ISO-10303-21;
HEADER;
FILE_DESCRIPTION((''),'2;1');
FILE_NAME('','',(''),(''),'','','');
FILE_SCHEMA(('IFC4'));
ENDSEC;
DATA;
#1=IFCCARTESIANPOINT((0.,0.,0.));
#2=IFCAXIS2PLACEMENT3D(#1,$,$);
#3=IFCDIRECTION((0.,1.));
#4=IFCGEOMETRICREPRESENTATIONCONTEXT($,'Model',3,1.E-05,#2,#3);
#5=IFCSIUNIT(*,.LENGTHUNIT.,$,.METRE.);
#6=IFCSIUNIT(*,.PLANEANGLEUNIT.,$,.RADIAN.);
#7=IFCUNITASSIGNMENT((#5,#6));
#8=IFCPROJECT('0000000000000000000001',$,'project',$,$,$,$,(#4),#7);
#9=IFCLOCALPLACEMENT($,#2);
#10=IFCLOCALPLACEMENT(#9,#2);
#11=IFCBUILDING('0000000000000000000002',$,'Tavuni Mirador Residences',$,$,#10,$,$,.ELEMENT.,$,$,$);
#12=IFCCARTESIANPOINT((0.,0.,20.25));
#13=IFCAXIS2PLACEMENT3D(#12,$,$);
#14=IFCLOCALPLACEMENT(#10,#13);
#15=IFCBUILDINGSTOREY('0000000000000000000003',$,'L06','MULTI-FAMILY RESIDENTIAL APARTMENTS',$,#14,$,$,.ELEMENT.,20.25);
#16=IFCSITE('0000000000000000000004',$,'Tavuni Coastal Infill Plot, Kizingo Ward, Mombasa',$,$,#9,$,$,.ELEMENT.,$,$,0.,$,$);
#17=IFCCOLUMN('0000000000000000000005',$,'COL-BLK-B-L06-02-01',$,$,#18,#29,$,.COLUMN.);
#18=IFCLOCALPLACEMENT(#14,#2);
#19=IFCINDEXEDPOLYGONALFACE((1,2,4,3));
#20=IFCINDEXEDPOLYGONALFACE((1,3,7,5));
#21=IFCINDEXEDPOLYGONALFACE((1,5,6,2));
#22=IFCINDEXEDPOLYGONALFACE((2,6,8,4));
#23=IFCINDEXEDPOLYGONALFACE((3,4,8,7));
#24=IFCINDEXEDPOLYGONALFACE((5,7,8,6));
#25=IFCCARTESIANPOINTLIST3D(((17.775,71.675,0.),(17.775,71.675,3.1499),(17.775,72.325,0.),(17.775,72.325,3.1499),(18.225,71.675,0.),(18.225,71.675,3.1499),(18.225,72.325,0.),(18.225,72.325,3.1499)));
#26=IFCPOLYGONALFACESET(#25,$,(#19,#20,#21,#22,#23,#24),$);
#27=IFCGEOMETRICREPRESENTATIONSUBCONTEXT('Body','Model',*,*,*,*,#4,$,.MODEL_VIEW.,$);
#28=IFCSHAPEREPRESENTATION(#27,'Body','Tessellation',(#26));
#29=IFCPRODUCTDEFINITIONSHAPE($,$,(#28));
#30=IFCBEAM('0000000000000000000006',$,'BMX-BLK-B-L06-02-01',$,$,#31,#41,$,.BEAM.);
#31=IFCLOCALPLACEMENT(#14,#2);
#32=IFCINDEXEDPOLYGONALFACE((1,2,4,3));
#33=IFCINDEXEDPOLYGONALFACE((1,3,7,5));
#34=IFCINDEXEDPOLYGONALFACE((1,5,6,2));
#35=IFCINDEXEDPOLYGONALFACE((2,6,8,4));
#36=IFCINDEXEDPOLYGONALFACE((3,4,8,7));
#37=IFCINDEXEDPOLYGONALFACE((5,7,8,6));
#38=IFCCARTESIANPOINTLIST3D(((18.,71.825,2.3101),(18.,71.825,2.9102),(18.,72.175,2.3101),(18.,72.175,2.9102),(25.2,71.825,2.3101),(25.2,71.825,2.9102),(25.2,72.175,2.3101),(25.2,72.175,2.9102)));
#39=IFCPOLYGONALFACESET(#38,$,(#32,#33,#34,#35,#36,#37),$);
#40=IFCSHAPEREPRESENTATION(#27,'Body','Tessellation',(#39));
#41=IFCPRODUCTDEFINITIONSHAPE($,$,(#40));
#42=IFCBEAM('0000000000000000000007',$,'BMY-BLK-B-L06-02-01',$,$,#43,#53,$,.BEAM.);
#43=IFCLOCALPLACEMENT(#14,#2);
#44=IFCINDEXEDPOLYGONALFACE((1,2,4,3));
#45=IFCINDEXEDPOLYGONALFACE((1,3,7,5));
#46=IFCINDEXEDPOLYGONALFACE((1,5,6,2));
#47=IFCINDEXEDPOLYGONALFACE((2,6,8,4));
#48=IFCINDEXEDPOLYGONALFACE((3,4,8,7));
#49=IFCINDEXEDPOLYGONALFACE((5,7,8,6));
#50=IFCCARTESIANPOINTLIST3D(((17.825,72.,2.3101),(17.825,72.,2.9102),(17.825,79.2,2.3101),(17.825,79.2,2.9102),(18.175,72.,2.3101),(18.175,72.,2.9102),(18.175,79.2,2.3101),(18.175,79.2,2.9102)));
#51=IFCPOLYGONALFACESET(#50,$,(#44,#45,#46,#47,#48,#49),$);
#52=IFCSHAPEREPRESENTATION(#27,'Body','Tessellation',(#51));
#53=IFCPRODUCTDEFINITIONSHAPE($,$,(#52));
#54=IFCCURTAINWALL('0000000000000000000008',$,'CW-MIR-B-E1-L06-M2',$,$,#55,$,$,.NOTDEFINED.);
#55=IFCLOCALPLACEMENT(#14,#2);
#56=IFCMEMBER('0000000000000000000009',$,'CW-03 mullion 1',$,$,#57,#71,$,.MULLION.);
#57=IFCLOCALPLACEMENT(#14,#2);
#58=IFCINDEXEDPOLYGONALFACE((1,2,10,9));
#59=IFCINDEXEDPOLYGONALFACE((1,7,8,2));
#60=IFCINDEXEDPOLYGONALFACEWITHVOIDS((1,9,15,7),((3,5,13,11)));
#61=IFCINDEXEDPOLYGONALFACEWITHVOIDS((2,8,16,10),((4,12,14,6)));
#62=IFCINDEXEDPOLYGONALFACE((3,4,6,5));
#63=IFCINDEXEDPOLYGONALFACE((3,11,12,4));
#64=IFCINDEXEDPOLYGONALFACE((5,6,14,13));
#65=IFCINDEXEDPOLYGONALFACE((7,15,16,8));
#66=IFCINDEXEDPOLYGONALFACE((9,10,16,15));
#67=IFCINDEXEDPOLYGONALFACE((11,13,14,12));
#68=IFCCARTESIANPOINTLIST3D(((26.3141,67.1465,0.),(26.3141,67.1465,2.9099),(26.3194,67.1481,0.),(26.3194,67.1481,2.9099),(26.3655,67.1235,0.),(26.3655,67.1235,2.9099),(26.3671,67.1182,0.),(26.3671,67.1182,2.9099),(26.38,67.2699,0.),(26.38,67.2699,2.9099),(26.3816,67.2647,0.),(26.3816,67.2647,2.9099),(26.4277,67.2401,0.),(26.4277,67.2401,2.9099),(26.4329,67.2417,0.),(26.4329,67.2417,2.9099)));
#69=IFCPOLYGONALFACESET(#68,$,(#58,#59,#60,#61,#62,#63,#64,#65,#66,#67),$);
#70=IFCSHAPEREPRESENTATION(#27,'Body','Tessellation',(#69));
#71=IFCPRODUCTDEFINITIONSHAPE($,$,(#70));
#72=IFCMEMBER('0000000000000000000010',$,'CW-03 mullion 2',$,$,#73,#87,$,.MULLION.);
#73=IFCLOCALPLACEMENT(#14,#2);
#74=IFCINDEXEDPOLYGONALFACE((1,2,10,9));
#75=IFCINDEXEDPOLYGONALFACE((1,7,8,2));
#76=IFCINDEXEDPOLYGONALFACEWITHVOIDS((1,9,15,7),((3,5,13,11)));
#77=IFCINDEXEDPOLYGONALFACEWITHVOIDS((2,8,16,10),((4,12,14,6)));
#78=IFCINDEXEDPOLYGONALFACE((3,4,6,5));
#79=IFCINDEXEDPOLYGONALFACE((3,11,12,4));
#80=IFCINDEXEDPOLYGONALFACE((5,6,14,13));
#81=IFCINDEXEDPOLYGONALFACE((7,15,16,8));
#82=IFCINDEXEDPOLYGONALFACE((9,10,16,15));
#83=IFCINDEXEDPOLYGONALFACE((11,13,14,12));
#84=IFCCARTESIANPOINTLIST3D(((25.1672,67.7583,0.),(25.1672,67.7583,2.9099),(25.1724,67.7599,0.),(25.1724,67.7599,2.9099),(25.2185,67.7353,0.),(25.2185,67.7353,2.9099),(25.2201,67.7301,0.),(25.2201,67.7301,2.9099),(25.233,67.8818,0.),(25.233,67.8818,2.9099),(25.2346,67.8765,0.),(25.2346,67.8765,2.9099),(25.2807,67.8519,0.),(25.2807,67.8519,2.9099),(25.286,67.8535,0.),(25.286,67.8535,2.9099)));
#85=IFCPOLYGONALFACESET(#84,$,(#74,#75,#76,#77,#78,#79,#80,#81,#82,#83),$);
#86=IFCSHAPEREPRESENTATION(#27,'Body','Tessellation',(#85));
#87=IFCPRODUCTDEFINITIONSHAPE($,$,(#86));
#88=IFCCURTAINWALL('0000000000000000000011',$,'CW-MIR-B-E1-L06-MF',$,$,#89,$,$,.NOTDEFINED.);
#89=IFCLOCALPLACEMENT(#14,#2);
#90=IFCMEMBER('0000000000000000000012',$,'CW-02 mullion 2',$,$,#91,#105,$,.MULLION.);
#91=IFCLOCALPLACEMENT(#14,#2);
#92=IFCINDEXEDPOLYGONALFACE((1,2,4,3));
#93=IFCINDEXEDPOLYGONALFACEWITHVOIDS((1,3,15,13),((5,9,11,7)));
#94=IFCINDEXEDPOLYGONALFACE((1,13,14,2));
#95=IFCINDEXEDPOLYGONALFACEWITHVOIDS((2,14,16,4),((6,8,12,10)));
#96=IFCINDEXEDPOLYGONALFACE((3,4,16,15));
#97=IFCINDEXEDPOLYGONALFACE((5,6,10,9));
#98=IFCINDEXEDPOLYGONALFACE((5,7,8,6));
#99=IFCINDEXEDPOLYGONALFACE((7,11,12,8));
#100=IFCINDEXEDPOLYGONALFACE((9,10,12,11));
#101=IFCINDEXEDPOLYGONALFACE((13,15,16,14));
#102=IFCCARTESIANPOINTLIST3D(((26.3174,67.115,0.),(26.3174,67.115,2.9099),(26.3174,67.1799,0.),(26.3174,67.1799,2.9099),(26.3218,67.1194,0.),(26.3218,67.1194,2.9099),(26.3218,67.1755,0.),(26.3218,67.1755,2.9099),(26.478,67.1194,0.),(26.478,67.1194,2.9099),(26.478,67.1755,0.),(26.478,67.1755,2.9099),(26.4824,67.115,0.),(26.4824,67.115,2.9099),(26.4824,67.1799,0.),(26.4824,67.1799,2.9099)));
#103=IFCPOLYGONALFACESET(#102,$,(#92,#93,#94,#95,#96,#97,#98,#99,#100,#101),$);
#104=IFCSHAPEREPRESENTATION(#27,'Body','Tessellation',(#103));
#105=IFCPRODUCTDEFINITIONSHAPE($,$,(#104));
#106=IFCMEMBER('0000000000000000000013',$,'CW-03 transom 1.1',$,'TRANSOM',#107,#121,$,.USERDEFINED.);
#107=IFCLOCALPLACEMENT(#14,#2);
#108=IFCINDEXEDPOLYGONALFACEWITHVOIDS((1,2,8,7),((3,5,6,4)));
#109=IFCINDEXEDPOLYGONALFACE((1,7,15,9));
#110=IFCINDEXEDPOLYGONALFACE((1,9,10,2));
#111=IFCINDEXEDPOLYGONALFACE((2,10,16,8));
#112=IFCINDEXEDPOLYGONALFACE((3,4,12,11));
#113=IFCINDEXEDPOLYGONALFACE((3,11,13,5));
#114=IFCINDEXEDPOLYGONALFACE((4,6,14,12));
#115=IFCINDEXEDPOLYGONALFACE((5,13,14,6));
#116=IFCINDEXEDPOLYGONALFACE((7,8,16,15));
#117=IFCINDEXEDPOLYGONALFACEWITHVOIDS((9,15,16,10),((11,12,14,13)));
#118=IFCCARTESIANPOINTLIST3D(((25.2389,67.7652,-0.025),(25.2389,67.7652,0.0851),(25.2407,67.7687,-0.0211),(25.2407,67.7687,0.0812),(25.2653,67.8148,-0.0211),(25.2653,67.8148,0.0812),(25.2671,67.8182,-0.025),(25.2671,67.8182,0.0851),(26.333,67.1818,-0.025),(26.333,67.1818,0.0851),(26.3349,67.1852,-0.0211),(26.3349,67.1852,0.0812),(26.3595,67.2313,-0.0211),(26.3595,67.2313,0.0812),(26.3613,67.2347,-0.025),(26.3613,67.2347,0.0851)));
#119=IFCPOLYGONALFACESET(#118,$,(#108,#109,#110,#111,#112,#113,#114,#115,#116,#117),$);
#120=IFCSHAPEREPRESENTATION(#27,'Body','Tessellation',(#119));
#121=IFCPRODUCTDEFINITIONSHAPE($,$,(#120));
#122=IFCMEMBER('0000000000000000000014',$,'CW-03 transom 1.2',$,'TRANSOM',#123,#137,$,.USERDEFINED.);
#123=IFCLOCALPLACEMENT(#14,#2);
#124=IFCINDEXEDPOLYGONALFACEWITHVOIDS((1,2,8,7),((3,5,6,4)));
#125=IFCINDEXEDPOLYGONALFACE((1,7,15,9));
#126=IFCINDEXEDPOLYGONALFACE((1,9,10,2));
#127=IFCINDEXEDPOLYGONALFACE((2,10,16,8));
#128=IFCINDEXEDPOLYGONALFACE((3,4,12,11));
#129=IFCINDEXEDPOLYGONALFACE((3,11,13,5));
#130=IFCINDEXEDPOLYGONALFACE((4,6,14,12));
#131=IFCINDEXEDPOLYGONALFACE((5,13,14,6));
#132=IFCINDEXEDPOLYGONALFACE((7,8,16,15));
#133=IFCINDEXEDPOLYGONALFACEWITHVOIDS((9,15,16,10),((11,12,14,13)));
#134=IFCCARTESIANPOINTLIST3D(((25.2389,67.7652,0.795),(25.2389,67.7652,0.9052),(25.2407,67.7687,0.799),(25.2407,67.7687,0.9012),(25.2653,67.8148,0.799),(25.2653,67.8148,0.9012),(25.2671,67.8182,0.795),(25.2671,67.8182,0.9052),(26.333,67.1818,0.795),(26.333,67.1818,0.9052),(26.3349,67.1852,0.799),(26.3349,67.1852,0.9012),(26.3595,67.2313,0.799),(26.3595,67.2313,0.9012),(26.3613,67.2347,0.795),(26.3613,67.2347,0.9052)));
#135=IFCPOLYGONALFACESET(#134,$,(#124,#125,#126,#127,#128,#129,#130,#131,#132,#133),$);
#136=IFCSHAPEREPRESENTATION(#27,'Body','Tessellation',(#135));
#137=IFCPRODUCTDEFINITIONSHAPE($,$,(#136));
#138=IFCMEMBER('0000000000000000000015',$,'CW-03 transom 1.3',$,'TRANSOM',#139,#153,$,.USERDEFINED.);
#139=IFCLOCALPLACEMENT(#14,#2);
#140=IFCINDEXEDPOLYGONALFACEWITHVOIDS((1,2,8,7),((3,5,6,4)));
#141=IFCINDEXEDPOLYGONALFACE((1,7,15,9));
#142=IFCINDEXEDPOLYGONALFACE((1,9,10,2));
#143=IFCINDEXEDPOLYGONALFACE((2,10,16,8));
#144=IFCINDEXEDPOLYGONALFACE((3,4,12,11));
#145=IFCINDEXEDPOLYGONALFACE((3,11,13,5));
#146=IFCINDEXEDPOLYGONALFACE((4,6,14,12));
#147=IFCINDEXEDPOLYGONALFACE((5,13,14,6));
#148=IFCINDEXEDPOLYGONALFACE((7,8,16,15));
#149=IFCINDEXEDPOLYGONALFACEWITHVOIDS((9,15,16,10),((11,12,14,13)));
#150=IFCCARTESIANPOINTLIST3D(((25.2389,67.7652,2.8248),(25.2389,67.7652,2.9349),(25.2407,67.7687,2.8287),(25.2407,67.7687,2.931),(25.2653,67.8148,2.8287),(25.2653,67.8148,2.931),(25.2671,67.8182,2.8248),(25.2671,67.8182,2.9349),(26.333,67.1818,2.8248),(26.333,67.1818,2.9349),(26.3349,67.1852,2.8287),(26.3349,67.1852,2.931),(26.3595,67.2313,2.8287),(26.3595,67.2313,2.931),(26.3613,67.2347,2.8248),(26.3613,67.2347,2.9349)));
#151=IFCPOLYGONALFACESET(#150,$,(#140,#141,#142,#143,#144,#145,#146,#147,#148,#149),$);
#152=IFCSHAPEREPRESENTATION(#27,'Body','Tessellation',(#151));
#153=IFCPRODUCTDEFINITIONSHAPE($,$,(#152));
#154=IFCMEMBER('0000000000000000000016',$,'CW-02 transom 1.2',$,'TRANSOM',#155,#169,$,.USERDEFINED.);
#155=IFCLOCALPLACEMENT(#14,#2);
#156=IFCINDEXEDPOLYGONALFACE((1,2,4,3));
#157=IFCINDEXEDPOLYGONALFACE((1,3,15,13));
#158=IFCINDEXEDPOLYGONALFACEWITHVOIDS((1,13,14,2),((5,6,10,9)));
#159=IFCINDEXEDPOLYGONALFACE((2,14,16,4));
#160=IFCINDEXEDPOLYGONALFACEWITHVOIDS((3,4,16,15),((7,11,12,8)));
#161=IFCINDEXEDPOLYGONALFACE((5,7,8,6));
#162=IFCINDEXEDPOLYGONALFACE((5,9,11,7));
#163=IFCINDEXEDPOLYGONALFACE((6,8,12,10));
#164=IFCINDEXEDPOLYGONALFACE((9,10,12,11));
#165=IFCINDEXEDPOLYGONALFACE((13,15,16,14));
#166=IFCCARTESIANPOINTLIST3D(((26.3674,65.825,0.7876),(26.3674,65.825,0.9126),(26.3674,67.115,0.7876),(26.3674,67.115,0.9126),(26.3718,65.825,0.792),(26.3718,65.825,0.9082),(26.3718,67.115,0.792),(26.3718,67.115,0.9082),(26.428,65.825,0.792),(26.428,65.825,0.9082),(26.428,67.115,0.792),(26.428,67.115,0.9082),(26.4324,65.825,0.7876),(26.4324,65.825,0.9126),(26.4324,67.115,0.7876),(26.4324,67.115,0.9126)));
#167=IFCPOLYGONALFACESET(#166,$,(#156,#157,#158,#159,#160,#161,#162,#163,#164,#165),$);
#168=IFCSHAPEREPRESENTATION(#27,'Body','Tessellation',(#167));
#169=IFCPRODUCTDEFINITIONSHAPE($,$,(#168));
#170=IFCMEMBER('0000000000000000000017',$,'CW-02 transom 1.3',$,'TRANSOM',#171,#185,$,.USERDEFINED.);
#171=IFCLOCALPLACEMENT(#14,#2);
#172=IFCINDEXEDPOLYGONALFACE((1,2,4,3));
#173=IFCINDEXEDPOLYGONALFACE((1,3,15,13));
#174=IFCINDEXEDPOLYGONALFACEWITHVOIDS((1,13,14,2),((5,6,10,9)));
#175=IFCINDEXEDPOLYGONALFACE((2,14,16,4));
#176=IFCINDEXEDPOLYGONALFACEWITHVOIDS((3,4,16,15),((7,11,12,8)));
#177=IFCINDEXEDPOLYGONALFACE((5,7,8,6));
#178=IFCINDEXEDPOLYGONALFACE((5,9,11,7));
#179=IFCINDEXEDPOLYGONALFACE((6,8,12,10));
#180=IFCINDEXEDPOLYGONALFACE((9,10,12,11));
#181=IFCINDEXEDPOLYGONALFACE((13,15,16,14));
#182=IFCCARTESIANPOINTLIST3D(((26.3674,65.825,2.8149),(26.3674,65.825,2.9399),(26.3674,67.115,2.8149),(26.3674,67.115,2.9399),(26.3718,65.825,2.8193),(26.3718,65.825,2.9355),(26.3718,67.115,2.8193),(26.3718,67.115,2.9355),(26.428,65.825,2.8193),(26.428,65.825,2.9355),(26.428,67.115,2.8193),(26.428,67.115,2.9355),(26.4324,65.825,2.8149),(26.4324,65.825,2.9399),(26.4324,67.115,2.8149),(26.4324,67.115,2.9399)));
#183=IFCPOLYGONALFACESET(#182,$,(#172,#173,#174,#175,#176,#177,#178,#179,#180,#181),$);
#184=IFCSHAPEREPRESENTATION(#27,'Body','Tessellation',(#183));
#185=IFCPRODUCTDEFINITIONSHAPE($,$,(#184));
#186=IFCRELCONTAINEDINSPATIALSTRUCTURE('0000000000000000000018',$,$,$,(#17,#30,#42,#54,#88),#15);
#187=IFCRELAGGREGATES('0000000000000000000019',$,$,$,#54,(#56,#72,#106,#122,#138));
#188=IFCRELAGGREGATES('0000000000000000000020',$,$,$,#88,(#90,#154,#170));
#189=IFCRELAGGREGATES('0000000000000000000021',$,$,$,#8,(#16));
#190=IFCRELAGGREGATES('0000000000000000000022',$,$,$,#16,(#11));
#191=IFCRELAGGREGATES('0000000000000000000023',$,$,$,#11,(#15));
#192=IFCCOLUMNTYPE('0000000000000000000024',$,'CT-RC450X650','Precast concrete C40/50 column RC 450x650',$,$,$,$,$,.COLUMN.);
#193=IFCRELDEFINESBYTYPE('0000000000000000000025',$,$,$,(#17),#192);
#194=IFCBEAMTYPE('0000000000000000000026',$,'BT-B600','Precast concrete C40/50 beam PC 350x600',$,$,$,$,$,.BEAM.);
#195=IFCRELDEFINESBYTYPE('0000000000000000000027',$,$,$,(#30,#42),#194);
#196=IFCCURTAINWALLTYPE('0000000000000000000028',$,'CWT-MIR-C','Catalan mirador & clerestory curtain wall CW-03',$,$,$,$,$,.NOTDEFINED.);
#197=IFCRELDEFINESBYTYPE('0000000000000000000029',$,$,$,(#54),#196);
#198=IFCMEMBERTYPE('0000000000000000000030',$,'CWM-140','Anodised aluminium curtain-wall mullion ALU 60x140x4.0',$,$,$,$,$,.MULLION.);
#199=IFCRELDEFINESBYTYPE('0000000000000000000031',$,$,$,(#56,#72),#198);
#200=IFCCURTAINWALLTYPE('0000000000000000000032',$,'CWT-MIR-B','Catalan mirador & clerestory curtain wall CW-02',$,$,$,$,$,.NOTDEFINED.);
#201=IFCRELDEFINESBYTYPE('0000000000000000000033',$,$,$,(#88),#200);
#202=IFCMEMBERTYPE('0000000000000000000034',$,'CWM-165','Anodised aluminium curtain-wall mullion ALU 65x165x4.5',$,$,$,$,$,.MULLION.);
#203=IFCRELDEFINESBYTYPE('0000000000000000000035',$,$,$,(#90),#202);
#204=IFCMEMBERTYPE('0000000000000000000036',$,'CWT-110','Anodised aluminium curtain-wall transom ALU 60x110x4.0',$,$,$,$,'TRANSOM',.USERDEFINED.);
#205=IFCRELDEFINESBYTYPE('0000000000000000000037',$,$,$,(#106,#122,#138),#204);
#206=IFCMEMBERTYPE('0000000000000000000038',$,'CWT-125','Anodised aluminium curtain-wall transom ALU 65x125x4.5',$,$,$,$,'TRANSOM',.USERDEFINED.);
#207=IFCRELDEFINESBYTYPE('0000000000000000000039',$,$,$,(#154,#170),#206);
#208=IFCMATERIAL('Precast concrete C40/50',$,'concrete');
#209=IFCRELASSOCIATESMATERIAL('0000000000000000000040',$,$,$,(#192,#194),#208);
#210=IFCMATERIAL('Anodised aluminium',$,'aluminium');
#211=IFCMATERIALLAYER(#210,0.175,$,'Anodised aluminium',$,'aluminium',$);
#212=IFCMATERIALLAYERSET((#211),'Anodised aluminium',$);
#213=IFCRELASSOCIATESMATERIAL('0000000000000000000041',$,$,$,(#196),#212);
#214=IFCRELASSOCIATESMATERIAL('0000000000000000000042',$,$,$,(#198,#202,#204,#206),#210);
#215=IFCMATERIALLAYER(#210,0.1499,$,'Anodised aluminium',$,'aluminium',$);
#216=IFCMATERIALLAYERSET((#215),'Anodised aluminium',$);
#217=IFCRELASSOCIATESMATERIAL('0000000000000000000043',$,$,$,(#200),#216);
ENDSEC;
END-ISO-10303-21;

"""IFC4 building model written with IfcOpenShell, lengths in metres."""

from ifc_helpers import new_model, si_unit, direction, frame, origin, origin_2d, place, context, subcontext, project, spatial, rectangle, hollow_rectangle, extrude, material, layer, layer_set, material_profile, profile_set, type_object, element, aggregate, save


model = new_model("IFC4")

# Units and contexts
model_context = context("Model", 3, precision=1e-05, world=origin(), true_north=direction((0.0, 1.0)))
body_context = subcontext(model_context, "Body", "Model", "MODEL_VIEW")
ifc_project = project(units=[si_unit("LENGTHUNIT", "METRE"), si_unit("PLANEANGLEUNIT", "RADIAN")], contexts=[model_context])

# Site, building, storey
site_placement = place(None, origin())
site = spatial("IfcSite", under=ifc_project, at=site_placement, Name="Tavuni Coastal Infill Plot, Kizingo Ward, Mombasa", CompositionType="ELEMENT", RefElevation=0.0)
building_placement = place(site_placement, origin())
building = spatial("IfcBuilding", under=site, at=building_placement, Name="Tavuni Mirador Residences", CompositionType="ELEMENT")
storey_placement = place(building_placement, frame((0.0, 0.0, 20.25)))
storey = spatial("IfcBuildingStorey", under=building, at=storey_placement, Name="L06", Description="MULTI-FAMILY RESIDENTIAL APARTMENTS", CompositionType="ELEMENT", Elevation=20.25)

# Column
ifc_material_1 = material(Name="Precast concrete C40/50", Category="concrete")
ifc_material_profile_1 = material_profile(ifc_material_1, rectangle(XDim=0.45, YDim=0.6499, at=origin_2d()), Name="RC 450x650", Category="concrete")
ifc_profile_set_1 = profile_set([ifc_material_profile_1], Name="Precast concrete C40/50")
column_type = type_object("IfcColumnType", Name="CT-RC450X650", Description="Precast concrete C40/50 column RC 450x650", PredefinedType="COLUMN", material=ifc_profile_set_1)
column_placement = place(storey_placement, frame((18.0, 72.0, 0.0), z_axis=(0.0, 0.0, 1.0), x_axis=(1.0, 0.0, 0.0)))
element("IfcColumn", 1, at=column_placement, inside=storey, type_object=column_type, Name="COL-BLK-B-L06-02-01", PredefinedType="COLUMN", context=body_context, shape_type="SweptSolid", body=[
    extrude(rectangle(XDim=0.45, YDim=0.6499, at=origin_2d()), origin(), (0.0, 0.0, 1.0), 3.1499),
])

# Beams
ifc_material_profile_2 = material_profile(ifc_material_1, rectangle(XDim=0.3501, YDim=0.6001, at=origin_2d()), Name="PC 350x600", Category="concrete")
ifc_profile_set_2 = profile_set([ifc_material_profile_2], Name="Precast concrete C40/50")
beam_type = type_object("IfcBeamType", Name="BT-B600", Description="Precast concrete C40/50 beam PC 350x600", PredefinedType="BEAM", material=ifc_profile_set_2)
for number, where, z_axis, x_axis, name in (
    (2, (18.0, 72.0, 2.6101), (1.0, 0.0, 0.0), (0.0, 1.0, 0.0), "BMX-BLK-B-L06-02-01"),
    (3, (18.0, 72.0, 2.6101), (0.0, 1.0, 0.0), (-1.0, 0.0, 0.0), "BMY-BLK-B-L06-02-01"),
):
    element("IfcBeam", number, at=place(storey_placement, frame(where, z_axis=z_axis, x_axis=x_axis)), inside=storey, type_object=beam_type, Name=name, PredefinedType="BEAM", context=body_context, shape_type="SweptSolid", body=[
        extrude(rectangle(XDim=0.3501, YDim=0.6001, at=origin_2d()), origin(), (0.0, 0.0, 1.0), 7.2),
    ])

# Curtain wall, members
ifc_material_2 = material(Name="Anodised aluminium", Category="aluminium")
ifc_layer_1 = layer(ifc_material_2, 0.175, Name="Anodised aluminium", Category="aluminium")
ifc_layer_set_1 = layer_set([ifc_layer_1], Name="Anodised aluminium")
curtain_wall_type_1 = type_object("IfcCurtainWallType", Name="CWT-MIR-C", Description="Catalan mirador & clerestory curtain wall CW-03", PredefinedType="NOTDEFINED", material=ifc_layer_set_1)
curtain_wall_1_placement = place(storey_placement, origin())
curtain_wall_1 = element("IfcCurtainWall", 4, at=curtain_wall_1_placement, inside=storey, type_object=curtain_wall_type_1, Name="CW-MIR-B-E1-L06-M2", PredefinedType="NOTDEFINED")
ifc_material_profile_3 = material_profile(ifc_material_2, hollow_rectangle(XDim=0.0601, YDim=0.1399, WallThickness=0.0039, at=origin_2d()), Name="ALU 60x140x4.0", Category="aluminium")
ifc_profile_set_3 = profile_set([ifc_material_profile_3], Name="Anodised aluminium")
member_type_1 = type_object("IfcMemberType", Name="CWM-140", Description="Anodised aluminium curtain-wall mullion ALU 60x140x4.0", PredefinedType="MULLION", material=ifc_profile_set_3)
member_1_placement = place(storey_placement, frame((26.3735, 67.1941, 0.0), z_axis=(0.0, 0.0, 1.0), x_axis=(-0.882353, 0.470588, 0.0)))
member_1 = element("IfcMember", 5, at=member_1_placement, type_object=member_type_1, Name="CW-03 mullion 1", PredefinedType="MULLION", context=body_context, shape_type="SweptSolid", body=[
    extrude(hollow_rectangle(XDim=0.0601, YDim=0.1399, WallThickness=0.0039, at=origin_2d()), origin(), (0.0, 0.0, 1.0), 2.9099),
])
member_2_placement = place(storey_placement, frame((25.2266, 67.8059, 0.0), z_axis=(0.0, 0.0, 1.0), x_axis=(-0.882353, 0.470588, 0.0)))
member_2 = element("IfcMember", 6, at=member_2_placement, type_object=member_type_1, Name="CW-03 mullion 2", PredefinedType="MULLION", context=body_context, shape_type="SweptSolid", body=[
    extrude(hollow_rectangle(XDim=0.0601, YDim=0.1399, WallThickness=0.0039, at=origin_2d()), origin(), (0.0, 0.0, 1.0), 2.9099),
])

# Curtain wall, member
ifc_layer_2 = layer(ifc_material_2, 0.1499, Name="Anodised aluminium", Category="aluminium")
ifc_layer_set_2 = layer_set([ifc_layer_2], Name="Anodised aluminium")
curtain_wall_type_2 = type_object("IfcCurtainWallType", Name="CWT-MIR-B", Description="Catalan mirador & clerestory curtain wall CW-02", PredefinedType="NOTDEFINED", material=ifc_layer_set_2)
curtain_wall_2_placement = place(storey_placement, origin())
curtain_wall_2 = element("IfcCurtainWall", 7, at=curtain_wall_2_placement, inside=storey, type_object=curtain_wall_type_2, Name="CW-MIR-B-E1-L06-MF", PredefinedType="NOTDEFINED")
ifc_material_profile_4 = material_profile(ifc_material_2, hollow_rectangle(XDim=0.0649, YDim=0.165, WallThickness=0.0044, at=origin_2d()), Name="ALU 65x165x4.5", Category="aluminium")
ifc_profile_set_4 = profile_set([ifc_material_profile_4], Name="Anodised aluminium")
member_type_2 = type_object("IfcMemberType", Name="CWM-165", Description="Anodised aluminium curtain-wall mullion ALU 65x165x4.5", PredefinedType="MULLION", material=ifc_profile_set_4)
member_3_placement = place(storey_placement, frame((26.3999, 67.1475, 0.0), z_axis=(0.0, 0.0, 1.0), x_axis=(0.0, 1.0, 0.0)))
member_3 = element("IfcMember", 8, at=member_3_placement, type_object=member_type_2, Name="CW-02 mullion 2", PredefinedType="MULLION", context=body_context, shape_type="SweptSolid", body=[
    extrude(hollow_rectangle(XDim=0.0649, YDim=0.165, WallThickness=0.0044, at=origin_2d()), origin(), (0.0, 0.0, 1.0), 2.9099),
])

# Members
ifc_material_profile_5 = material_profile(ifc_material_2, hollow_rectangle(XDim=0.0601, YDim=0.1101, WallThickness=0.0039, at=origin_2d()), Name="ALU 60x110x4.0", Category="aluminium")
ifc_profile_set_5 = profile_set([ifc_material_profile_5], Name="Anodised aluminium")
member_type_3 = type_object("IfcMemberType", Name="CWT-110", Description="Anodised aluminium curtain-wall transom ALU 60x110x4.0", ElementType="TRANSOM", PredefinedType="USERDEFINED", material=ifc_profile_set_5)
member_4_placement = place(storey_placement, frame((26.3472, 67.2083, 0.03), z_axis=(-0.882386, 0.470527, 0.0), x_axis=(-0.470527, -0.882386, 0.0)))
member_4 = element("IfcMember", 9, at=member_4_placement, type_object=member_type_3, Name="CW-03 transom 1.1", ObjectType="TRANSOM", PredefinedType="USERDEFINED", context=body_context, shape_type="SweptSolid", body=[
    extrude(hollow_rectangle(XDim=0.0601, YDim=0.1101, WallThickness=0.0039, at=origin_2d()), origin(), (0.0, 0.0, 1.0), 1.24),
])
member_5_placement = place(storey_placement, frame((26.3472, 67.2083, 0.8501), z_axis=(-0.882386, 0.470527, 0.0), x_axis=(-0.470527, -0.882386, 0.0)))
member_5 = element("IfcMember", 10, at=member_5_placement, type_object=member_type_3, Name="CW-03 transom 1.2", ObjectType="TRANSOM", PredefinedType="USERDEFINED", context=body_context, shape_type="SweptSolid", body=[
    extrude(hollow_rectangle(XDim=0.0601, YDim=0.1101, WallThickness=0.0039, at=origin_2d()), origin(), (0.0, 0.0, 1.0), 1.24),
])
member_6_placement = place(storey_placement, frame((26.3472, 67.2083, 2.8799), z_axis=(-0.882386, 0.470527, 0.0), x_axis=(-0.470527, -0.882386, 0.0)))
member_6 = element("IfcMember", 11, at=member_6_placement, type_object=member_type_3, Name="CW-03 transom 1.3", ObjectType="TRANSOM", PredefinedType="USERDEFINED", context=body_context, shape_type="SweptSolid", body=[
    extrude(hollow_rectangle(XDim=0.0601, YDim=0.1101, WallThickness=0.0039, at=origin_2d()), origin(), (0.0, 0.0, 1.0), 1.24),
])
ifc_material_profile_6 = material_profile(ifc_material_2, hollow_rectangle(XDim=0.0649, YDim=0.125, WallThickness=0.0044, at=origin_2d()), Name="ALU 65x125x4.5", Category="aluminium")
ifc_profile_set_6 = profile_set([ifc_material_profile_6], Name="Anodised aluminium")
member_type_4 = type_object("IfcMemberType", Name="CWT-125", Description="Anodised aluminium curtain-wall transom ALU 65x125x4.5", ElementType="TRANSOM", PredefinedType="USERDEFINED", material=ifc_profile_set_6)
member_7_placement = place(storey_placement, frame((26.3999, 65.825, 0.8501), z_axis=(0.0, 1.0, 0.0), x_axis=(-1.0, 0.0, 0.0)))
member_7 = element("IfcMember", 12, at=member_7_placement, type_object=member_type_4, Name="CW-02 transom 1.2", ObjectType="TRANSOM", PredefinedType="USERDEFINED", context=body_context, shape_type="SweptSolid", body=[
    extrude(hollow_rectangle(XDim=0.0649, YDim=0.125, WallThickness=0.0044, at=origin_2d()), origin(), (0.0, 0.0, 1.0), 1.29),
])
member_8_placement = place(storey_placement, frame((26.3999, 65.825, 2.8774), z_axis=(0.0, 1.0, 0.0), x_axis=(-1.0, 0.0, 0.0)))
member_8 = element("IfcMember", 13, at=member_8_placement, type_object=member_type_4, Name="CW-02 transom 1.3", ObjectType="TRANSOM", PredefinedType="USERDEFINED", context=body_context, shape_type="SweptSolid", body=[
    extrude(hollow_rectangle(XDim=0.0649, YDim=0.125, WallThickness=0.0044, at=origin_2d()), origin(), (0.0, 0.0, 1.0), 1.29),
])

aggregate(curtain_wall_1, [member_1, member_2, member_4, member_5, member_6])
aggregate(curtain_wall_2, [member_3, member_7, member_8])

save(model, "model.ifc")
